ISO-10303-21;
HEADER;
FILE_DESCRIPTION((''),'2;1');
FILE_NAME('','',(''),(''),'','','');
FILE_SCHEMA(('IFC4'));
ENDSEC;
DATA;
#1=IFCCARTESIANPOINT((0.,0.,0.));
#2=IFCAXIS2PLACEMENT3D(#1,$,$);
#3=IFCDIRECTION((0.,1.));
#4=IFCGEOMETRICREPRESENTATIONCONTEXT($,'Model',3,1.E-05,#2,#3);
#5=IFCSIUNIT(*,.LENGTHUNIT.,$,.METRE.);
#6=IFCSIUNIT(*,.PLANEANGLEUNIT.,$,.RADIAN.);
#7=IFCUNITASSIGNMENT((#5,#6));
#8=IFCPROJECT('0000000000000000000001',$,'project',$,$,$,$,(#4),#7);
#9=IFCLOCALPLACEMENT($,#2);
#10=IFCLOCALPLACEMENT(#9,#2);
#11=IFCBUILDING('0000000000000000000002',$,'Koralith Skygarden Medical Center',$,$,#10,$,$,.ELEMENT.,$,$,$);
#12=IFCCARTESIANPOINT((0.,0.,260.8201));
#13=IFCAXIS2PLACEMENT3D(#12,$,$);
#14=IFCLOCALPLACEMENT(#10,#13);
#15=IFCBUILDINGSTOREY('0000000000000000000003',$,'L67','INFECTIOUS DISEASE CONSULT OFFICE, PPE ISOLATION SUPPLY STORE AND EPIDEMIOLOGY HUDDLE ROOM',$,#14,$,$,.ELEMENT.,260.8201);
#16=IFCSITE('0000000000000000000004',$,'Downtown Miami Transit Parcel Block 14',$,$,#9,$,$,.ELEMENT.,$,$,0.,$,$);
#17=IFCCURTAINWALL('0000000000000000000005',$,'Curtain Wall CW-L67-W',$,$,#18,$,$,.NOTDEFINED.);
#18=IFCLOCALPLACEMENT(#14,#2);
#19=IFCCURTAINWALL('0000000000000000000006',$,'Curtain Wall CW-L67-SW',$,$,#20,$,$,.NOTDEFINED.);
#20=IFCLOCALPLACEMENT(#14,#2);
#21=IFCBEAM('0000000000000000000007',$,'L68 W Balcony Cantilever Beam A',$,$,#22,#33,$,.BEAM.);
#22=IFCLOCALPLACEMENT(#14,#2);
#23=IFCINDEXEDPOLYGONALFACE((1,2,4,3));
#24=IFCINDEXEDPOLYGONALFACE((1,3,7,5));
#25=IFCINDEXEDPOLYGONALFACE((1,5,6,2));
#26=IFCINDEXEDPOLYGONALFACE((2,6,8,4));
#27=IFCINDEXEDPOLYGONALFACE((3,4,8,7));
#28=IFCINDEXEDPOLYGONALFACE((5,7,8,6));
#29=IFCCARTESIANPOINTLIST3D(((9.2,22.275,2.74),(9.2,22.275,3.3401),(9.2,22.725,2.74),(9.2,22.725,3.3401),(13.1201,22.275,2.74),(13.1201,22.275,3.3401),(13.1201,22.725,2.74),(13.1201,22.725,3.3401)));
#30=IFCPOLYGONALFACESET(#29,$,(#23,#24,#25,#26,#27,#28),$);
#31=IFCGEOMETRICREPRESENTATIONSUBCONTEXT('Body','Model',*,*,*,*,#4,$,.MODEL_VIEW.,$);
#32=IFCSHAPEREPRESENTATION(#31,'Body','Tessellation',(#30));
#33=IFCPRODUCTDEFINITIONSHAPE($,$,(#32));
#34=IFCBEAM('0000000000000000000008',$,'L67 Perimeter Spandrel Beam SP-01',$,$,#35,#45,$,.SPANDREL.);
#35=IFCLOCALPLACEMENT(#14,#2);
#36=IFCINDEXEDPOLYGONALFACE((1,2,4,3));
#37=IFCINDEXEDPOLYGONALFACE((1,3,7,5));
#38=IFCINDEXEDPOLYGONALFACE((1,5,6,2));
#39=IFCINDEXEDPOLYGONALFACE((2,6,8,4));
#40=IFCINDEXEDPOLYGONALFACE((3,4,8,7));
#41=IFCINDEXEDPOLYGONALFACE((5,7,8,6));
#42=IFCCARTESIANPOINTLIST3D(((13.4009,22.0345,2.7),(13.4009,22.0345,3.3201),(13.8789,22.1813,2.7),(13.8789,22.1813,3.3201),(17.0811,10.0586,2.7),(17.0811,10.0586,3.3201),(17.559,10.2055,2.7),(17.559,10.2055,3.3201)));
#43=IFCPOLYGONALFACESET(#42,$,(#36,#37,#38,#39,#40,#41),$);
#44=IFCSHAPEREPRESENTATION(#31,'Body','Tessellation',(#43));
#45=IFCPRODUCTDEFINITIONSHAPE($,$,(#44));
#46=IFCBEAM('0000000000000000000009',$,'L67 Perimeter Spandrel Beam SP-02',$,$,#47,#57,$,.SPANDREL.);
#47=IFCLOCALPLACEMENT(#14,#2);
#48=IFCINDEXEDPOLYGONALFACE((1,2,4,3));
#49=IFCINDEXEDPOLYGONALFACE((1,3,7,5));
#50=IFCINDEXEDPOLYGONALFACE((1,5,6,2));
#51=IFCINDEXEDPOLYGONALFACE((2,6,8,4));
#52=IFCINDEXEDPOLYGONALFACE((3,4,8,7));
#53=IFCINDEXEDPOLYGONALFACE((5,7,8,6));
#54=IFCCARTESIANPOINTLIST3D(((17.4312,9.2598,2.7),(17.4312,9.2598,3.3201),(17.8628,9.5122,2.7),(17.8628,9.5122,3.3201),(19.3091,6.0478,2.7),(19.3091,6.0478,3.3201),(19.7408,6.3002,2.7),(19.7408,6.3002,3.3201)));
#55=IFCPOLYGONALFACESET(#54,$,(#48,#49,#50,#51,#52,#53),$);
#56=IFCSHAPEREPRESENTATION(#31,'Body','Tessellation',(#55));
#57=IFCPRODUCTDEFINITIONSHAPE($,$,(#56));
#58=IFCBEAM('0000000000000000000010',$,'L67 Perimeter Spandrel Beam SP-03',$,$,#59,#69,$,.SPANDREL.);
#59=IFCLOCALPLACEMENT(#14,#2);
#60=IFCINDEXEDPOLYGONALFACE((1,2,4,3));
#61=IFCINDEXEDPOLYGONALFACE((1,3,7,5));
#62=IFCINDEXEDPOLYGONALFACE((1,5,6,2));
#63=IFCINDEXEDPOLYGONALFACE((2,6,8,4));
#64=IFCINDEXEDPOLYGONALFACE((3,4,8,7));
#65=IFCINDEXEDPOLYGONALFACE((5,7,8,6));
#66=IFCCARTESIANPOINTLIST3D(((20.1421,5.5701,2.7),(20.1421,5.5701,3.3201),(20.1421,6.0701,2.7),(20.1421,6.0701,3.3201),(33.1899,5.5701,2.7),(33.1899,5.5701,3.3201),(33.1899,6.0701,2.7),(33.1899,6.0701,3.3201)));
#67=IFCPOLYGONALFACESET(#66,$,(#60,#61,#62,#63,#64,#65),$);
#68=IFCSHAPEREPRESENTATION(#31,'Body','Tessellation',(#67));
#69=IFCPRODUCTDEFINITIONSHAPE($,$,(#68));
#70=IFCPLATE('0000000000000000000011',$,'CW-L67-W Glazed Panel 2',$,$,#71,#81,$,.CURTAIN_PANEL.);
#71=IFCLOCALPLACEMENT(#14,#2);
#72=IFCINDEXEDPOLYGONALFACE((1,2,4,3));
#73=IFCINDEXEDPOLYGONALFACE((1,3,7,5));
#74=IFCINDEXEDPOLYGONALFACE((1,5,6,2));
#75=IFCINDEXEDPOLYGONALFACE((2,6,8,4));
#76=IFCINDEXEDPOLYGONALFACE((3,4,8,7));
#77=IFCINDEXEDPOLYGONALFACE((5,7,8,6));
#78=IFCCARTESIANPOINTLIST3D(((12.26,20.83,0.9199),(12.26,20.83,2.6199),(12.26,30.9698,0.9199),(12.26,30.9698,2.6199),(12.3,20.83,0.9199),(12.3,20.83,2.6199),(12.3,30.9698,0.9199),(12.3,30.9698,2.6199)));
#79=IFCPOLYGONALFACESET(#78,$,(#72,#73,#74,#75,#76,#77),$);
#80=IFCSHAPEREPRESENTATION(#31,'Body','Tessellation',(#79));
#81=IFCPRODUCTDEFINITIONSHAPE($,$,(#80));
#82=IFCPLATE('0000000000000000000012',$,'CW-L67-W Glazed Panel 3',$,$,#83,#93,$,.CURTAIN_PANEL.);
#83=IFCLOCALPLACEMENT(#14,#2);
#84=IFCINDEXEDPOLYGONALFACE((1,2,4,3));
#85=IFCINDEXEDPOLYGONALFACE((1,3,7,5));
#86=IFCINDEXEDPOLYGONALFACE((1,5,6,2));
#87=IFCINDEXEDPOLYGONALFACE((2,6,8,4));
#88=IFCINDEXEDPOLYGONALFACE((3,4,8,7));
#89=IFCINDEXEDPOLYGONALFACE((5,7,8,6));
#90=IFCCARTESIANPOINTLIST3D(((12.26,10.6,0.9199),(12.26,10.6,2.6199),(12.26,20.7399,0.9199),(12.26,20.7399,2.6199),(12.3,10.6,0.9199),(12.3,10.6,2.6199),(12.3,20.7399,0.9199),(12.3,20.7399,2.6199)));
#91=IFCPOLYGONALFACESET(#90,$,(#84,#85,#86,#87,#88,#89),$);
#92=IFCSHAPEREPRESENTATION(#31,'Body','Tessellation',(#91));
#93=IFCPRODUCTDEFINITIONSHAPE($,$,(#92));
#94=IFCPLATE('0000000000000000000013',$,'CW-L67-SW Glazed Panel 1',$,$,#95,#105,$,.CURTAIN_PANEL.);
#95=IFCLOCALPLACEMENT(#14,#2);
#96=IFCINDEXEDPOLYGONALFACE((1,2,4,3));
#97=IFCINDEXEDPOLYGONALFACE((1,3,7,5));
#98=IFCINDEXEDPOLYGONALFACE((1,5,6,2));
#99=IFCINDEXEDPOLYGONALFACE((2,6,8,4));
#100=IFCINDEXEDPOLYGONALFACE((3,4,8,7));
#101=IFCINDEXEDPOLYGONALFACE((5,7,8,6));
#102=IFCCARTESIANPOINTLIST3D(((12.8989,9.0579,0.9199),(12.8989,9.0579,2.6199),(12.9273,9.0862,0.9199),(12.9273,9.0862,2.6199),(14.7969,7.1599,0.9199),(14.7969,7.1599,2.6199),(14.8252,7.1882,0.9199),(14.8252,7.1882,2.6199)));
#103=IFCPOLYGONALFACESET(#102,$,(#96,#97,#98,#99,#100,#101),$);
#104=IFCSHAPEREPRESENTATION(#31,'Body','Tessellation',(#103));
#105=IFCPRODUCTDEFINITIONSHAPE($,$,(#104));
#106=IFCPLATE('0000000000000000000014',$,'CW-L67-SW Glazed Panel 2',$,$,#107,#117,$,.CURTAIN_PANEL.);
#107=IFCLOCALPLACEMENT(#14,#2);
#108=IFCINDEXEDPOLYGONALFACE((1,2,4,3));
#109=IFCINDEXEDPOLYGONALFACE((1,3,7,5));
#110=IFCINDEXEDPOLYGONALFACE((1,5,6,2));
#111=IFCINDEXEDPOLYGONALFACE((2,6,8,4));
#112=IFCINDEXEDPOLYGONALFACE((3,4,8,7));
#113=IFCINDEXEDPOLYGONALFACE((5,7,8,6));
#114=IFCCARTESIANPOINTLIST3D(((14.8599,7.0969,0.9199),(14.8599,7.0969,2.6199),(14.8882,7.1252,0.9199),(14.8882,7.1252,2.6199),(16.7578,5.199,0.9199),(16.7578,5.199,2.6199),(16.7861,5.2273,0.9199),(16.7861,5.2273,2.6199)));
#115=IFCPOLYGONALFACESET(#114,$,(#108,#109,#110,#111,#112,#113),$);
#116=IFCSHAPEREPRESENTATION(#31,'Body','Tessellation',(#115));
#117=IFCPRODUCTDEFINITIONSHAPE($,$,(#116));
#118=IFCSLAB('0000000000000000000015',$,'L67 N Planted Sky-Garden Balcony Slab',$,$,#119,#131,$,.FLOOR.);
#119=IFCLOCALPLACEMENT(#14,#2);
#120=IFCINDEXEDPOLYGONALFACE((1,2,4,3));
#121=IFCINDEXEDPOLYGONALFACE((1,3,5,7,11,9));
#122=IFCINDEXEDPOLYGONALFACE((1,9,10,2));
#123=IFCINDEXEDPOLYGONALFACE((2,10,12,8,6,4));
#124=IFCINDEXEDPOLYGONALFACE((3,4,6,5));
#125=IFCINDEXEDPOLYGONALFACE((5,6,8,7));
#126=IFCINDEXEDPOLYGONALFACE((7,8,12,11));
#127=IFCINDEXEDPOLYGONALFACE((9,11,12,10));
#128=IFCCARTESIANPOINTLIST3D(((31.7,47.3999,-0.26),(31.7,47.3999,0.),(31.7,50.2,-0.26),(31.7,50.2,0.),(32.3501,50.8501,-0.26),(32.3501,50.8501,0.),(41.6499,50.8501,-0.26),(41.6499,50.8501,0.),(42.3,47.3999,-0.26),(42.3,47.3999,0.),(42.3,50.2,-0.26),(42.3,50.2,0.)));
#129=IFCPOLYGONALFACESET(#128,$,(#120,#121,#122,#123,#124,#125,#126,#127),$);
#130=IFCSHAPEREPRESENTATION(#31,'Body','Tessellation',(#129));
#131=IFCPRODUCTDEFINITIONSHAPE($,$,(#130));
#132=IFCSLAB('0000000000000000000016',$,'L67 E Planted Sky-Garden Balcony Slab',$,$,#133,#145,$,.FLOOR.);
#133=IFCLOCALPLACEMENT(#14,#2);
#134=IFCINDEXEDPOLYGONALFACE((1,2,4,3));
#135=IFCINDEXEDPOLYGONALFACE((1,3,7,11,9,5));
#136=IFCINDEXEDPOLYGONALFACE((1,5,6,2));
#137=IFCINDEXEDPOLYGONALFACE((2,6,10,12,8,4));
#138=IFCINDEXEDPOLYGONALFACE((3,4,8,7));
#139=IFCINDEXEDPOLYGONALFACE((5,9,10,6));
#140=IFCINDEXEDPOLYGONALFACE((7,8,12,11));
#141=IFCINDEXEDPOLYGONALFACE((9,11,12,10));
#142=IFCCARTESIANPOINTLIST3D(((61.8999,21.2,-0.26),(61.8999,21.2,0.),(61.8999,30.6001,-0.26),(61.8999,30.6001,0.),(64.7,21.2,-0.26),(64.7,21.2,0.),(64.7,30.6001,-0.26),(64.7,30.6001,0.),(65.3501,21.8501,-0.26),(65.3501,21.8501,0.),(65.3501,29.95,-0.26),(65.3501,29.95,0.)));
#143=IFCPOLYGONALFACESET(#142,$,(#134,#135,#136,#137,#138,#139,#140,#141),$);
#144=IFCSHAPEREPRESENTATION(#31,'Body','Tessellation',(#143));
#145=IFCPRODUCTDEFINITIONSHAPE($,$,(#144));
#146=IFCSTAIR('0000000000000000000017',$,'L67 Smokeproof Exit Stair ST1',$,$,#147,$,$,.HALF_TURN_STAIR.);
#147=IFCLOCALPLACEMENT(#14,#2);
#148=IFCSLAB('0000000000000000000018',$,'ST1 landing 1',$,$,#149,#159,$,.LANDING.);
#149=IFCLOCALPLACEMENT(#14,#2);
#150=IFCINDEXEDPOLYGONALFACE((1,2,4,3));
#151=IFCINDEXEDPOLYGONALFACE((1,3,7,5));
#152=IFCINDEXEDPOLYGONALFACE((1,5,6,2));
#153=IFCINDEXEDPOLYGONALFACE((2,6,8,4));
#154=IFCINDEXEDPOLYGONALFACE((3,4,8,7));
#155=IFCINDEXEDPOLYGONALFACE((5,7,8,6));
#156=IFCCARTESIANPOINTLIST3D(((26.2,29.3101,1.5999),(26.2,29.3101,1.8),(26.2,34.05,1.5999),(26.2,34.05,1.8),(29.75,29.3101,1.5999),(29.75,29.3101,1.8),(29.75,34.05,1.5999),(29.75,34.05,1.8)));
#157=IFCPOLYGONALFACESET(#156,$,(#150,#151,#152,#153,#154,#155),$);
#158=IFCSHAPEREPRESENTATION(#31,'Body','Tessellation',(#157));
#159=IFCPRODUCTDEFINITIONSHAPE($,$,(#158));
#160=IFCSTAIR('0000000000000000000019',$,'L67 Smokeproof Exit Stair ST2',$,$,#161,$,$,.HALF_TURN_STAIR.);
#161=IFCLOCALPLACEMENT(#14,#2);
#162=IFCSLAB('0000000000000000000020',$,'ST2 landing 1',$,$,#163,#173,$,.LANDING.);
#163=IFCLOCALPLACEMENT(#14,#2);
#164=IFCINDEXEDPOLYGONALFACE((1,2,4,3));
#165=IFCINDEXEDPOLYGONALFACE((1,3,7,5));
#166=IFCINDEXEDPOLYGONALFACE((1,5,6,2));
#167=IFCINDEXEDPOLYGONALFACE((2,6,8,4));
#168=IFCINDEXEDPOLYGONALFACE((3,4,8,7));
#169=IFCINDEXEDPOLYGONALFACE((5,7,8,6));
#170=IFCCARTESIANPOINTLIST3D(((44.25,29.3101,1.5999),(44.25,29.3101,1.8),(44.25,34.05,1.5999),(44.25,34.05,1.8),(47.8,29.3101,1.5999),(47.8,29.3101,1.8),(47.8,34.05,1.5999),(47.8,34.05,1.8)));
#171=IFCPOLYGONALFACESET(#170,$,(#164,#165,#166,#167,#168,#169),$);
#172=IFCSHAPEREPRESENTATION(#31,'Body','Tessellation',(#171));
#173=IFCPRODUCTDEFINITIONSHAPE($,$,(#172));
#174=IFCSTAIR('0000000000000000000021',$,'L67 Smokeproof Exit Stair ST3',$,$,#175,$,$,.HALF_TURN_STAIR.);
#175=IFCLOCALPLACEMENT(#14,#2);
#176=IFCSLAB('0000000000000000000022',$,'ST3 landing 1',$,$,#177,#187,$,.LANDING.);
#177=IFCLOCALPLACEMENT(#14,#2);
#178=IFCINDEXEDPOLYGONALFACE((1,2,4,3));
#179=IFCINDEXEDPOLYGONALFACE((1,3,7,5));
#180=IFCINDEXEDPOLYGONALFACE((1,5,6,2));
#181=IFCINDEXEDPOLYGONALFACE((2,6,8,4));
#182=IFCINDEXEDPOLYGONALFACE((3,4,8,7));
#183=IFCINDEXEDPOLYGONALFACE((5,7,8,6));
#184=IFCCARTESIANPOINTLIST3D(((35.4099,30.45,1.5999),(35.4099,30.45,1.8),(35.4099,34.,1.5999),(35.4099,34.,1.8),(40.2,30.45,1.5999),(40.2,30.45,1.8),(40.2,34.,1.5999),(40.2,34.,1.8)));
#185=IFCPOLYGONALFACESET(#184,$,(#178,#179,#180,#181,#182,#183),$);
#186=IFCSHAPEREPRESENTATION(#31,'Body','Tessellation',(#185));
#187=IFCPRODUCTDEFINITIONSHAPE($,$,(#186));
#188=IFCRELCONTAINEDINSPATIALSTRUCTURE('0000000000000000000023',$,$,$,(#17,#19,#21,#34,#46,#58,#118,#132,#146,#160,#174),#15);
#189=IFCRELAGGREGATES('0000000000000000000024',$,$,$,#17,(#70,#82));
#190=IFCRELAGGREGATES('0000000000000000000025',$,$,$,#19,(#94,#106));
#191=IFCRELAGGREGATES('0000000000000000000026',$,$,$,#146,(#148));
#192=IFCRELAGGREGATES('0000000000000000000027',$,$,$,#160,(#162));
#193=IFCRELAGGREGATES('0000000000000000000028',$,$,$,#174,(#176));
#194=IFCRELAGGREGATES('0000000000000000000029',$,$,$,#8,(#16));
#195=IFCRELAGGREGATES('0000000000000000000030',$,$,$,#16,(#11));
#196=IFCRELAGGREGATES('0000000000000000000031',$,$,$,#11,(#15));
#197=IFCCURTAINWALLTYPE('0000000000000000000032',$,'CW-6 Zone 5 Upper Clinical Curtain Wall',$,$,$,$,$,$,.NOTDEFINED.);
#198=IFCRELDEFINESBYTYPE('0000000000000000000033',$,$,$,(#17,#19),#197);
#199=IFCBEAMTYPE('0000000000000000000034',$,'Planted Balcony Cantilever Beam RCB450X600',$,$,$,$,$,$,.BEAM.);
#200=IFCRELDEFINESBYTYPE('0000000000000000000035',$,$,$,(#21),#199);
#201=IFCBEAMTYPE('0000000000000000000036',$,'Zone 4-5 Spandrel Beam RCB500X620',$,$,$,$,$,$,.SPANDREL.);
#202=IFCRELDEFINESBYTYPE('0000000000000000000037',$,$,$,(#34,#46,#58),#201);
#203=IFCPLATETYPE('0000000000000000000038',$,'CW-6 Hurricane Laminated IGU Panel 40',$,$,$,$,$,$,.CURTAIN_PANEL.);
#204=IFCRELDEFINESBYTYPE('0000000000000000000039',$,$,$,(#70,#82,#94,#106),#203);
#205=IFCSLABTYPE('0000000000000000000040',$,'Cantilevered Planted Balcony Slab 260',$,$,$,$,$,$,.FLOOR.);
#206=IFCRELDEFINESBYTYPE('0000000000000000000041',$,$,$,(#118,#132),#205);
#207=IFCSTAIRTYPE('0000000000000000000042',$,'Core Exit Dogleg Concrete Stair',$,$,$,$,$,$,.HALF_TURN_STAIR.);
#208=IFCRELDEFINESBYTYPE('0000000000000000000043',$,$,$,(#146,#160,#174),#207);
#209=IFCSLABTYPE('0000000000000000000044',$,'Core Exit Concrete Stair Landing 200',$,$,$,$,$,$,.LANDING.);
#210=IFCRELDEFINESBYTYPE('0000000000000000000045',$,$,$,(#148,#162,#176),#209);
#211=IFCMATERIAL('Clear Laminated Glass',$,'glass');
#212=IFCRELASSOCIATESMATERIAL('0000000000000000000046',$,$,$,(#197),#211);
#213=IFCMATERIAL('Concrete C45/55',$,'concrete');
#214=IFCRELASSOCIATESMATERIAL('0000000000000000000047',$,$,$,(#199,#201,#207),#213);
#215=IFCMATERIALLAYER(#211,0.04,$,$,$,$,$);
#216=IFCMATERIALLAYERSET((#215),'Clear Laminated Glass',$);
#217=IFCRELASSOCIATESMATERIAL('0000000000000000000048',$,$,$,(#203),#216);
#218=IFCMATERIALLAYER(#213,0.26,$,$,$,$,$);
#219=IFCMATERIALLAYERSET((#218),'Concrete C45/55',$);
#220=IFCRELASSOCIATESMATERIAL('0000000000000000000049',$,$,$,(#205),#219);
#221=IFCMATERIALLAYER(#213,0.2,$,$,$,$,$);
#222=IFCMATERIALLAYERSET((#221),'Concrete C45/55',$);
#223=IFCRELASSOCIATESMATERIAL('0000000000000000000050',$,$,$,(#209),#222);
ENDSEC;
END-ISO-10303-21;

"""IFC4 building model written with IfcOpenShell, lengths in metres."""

from ifc_helpers import new_model, si_unit, direction, frame, origin, origin_2d, place, context, subcontext, project, spatial, polyline, rectangle, outline, extrude, material, layer, layer_set, material_profile, profile_set, type_object, element, aggregate, save


model = new_model("IFC4")

# Units and contexts
model_context = context("Model", 3, precision=1e-05, world=origin(), true_north=direction((0.0, 1.0)))
body_context = subcontext(model_context, "Body", "Model", "MODEL_VIEW")
ifc_project = project(units=[si_unit("LENGTHUNIT", "METRE"), si_unit("PLANEANGLEUNIT", "RADIAN")], contexts=[model_context])

# Site, building, storey
site_placement = place(None, origin())
site = spatial("IfcSite", under=ifc_project, at=site_placement, Name="Downtown Miami Transit Parcel Block 14", CompositionType="ELEMENT", RefElevation=0.0)
building_placement = place(site_placement, origin())
building = spatial("IfcBuilding", under=site, at=building_placement, Name="Koralith Skygarden Medical Center", CompositionType="ELEMENT")
storey_placement = place(building_placement, frame((0.0, 0.0, 260.8201)))
storey = spatial("IfcBuildingStorey", under=building, at=storey_placement, Name="L67", Description="INFECTIOUS DISEASE CONSULT OFFICE, PPE ISOLATION SUPPLY STORE AND EPIDEMIOLOGY HUDDLE ROOM", CompositionType="ELEMENT", Elevation=260.8201)

# Shared definitions
ifc_material_1 = material(Name="Clear Laminated Glass", Category="glass")
curtain_wall_type = type_object("IfcCurtainWallType", Name="CW-6 Zone 5 Upper Clinical Curtain Wall", PredefinedType="NOTDEFINED", material=ifc_material_1)

# Curtain walls
curtain_wall_1_placement = place(storey_placement, origin())
curtain_wall_1 = element("IfcCurtainWall", 1, at=curtain_wall_1_placement, inside=storey, type_object=curtain_wall_type, Name="Curtain Wall CW-L67-W", PredefinedType="NOTDEFINED")
curtain_wall_2_placement = place(storey_placement, origin())
curtain_wall_2 = element("IfcCurtainWall", 2, at=curtain_wall_2_placement, inside=storey, type_object=curtain_wall_type, Name="Curtain Wall CW-L67-SW", PredefinedType="NOTDEFINED")

# Beams
ifc_material_2 = material(Name="Concrete C45/55", Category="concrete")
ifc_material_profile_1 = material_profile(ifc_material_2, rectangle(XDim=0.45, YDim=0.6001, at=origin_2d()), Name="RCB450X600")
ifc_profile_set_1 = profile_set([ifc_material_profile_1], Name="Concrete C45/55")
beam_type_1 = type_object("IfcBeamType", Name="Planted Balcony Cantilever Beam RCB450X600", PredefinedType="BEAM", material=ifc_profile_set_1)
beam_1_placement = place(storey_placement, frame((13.1201, 22.5, 3.04), z_axis=(-1.0, 0.0, 0.0), x_axis=(0.0, -1.0, 0.0)))
element("IfcBeam", 3, at=beam_1_placement, inside=storey, type_object=beam_type_1, Name="L68 W Balcony Cantilever Beam A", PredefinedType="BEAM", context=body_context, shape_type="SweptSolid", body=[
    extrude(rectangle(XDim=0.45, YDim=0.6001, at=origin_2d()), origin(), (0.0, 0.0, 1.0), 3.9202),
])
ifc_material_profile_2 = material_profile(ifc_material_2, rectangle(XDim=0.5, YDim=0.6201, at=origin_2d()), Name="RCB500X620")
ifc_profile_set_2 = profile_set([ifc_material_profile_2], Name="Concrete C45/55")
beam_type_2 = type_object("IfcBeamType", Name="Zone 4-5 Spandrel Beam RCB500X620", PredefinedType="SPANDREL", material=ifc_profile_set_2)
beam_2_placement = place(storey_placement, frame((13.6399, 22.1079, 3.01), z_axis=(0.293743, -0.955884, 0.0), x_axis=(0.955884, 0.293743, 0.0)))
element("IfcBeam", 4, at=beam_2_placement, inside=storey, type_object=beam_type_2, Name="L67 Perimeter Spandrel Beam SP-01", PredefinedType="SPANDREL", context=body_context, shape_type="SweptSolid", body=[
    extrude(rectangle(XDim=0.5, YDim=0.6201, at=origin_2d()), origin(), (0.0, 0.0, 1.0), 12.5286),
])
beam_3_placement = place(storey_placement, frame((17.647, 9.386, 3.01), z_axis=(0.504736, -0.863274, 0.0), x_axis=(0.863274, 0.504736, 0.0)))
element("IfcBeam", 5, at=beam_3_placement, inside=storey, type_object=beam_type_2, Name="L67 Perimeter Spandrel Beam SP-02", PredefinedType="SPANDREL", context=body_context, shape_type="SweptSolid", body=[
    extrude(rectangle(XDim=0.5, YDim=0.6201, at=origin_2d()), origin(), (0.0, 0.0, 1.0), 3.7207),
])
beam_4_placement = place(storey_placement, frame((20.1421, 5.8201, 3.01), z_axis=(1.0, 0.0, 0.0), x_axis=(0.0, 1.0, 0.0)))
element("IfcBeam", 6, at=beam_4_placement, inside=storey, type_object=beam_type_2, Name="L67 Perimeter Spandrel Beam SP-03", PredefinedType="SPANDREL", context=body_context, shape_type="SweptSolid", body=[
    extrude(rectangle(XDim=0.5, YDim=0.6201, at=origin_2d()), origin(), (0.0, 0.0, 1.0), 13.0479),
])

# Plates
ifc_layer_1 = layer(ifc_material_1, 0.04)
ifc_layer_set_1 = layer_set([ifc_layer_1], Name="Clear Laminated Glass")
plate_type_1 = type_object("IfcPlateType", Name="CW-6 Hurricane Laminated IGU Panel 40", PredefinedType="CURTAIN_PANEL", material=ifc_layer_set_1)
plate_1_placement = place(storey_placement, frame((12.28, 25.8999, 0.9199), z_axis=(0.0, 0.0, 1.0), x_axis=(0.0, -1.0, 0.0)))
plate_1 = element("IfcPlate", 7, at=plate_1_placement, type_object=plate_type_1, Name="CW-L67-W Glazed Panel 2", PredefinedType="CURTAIN_PANEL", context=body_context, shape_type="SweptSolid", body=[
    extrude(rectangle(XDim=10.1399, YDim=0.04, at=origin_2d()), origin(), (0.0, 0.0, 1.0), 1.7),
])
plate_2_placement = place(storey_placement, frame((12.28, 15.6699, 0.9199), z_axis=(0.0, 0.0, 1.0), x_axis=(0.0, -1.0, 0.0)))
plate_2 = element("IfcPlate", 8, at=plate_2_placement, type_object=plate_type_1, Name="CW-L67-W Glazed Panel 3", PredefinedType="CURTAIN_PANEL", context=body_context, shape_type="SweptSolid", body=[
    extrude(rectangle(XDim=10.1399, YDim=0.04, at=origin_2d()), origin(), (0.0, 0.0, 1.0), 1.7),
])
aggregate(curtain_wall_1, [plate_1, plate_2])
plate_3_placement = place(storey_placement, frame((13.8621, 8.123, 0.9199), z_axis=(0.0, 0.0, 1.0), x_axis=(0.707107, -0.707107, 0.0)))
plate_3 = element("IfcPlate", 9, at=plate_3_placement, type_object=plate_type_1, Name="CW-L67-SW Glazed Panel 1", PredefinedType="CURTAIN_PANEL", context=body_context, shape_type="SweptSolid", body=[
    extrude(rectangle(XDim=2.6841, YDim=0.04, at=origin_2d()), origin(), (0.0, 0.0, 1.0), 1.7),
])
plate_4_placement = place(storey_placement, frame((15.823, 6.1621, 0.9199), z_axis=(0.0, 0.0, 1.0), x_axis=(0.707107, -0.707107, 0.0)))
plate_4 = element("IfcPlate", 10, at=plate_4_placement, type_object=plate_type_1, Name="CW-L67-SW Glazed Panel 2", PredefinedType="CURTAIN_PANEL", context=body_context, shape_type="SweptSolid", body=[
    extrude(rectangle(XDim=2.6841, YDim=0.04, at=origin_2d()), origin(), (0.0, 0.0, 1.0), 1.7),
])
aggregate(curtain_wall_2, [plate_3, plate_4])

# Slabs
ifc_layer_2 = layer(ifc_material_2, 0.26)
ifc_layer_set_2 = layer_set([ifc_layer_2], Name="Concrete C45/55")
slab_type_1 = type_object("IfcSlabType", Name="Cantilevered Planted Balcony Slab 260", PredefinedType="FLOOR", material=ifc_layer_set_2)
slab_1_placement = place(storey_placement, frame((0.0, 0.0, -0.26)))
element("IfcSlab", 11, at=slab_1_placement, inside=storey, type_object=slab_type_1, Name="L67 N Planted Sky-Garden Balcony Slab", PredefinedType="FLOOR", context=body_context, shape_type="SweptSolid", body=[
    extrude(outline(polyline([(31.7, 47.3999), (42.3, 47.3999), (42.3, 50.2), (41.6499, 50.8501), (32.3501, 50.8501), (31.7, 50.2), (31.7, 47.3999)])), origin(), (0.0, 0.0, 1.0), 0.26),
])
slab_2_placement = place(storey_placement, frame((0.0, 0.0, -0.26)))
element("IfcSlab", 12, at=slab_2_placement, inside=storey, type_object=slab_type_1, Name="L67 E Planted Sky-Garden Balcony Slab", PredefinedType="FLOOR", context=body_context, shape_type="SweptSolid", body=[
    extrude(outline(polyline([(61.8999, 21.2), (64.7, 21.2), (65.3501, 21.8501), (65.3501, 29.95), (64.7, 30.6001), (61.8999, 30.6001), (61.8999, 21.2)])), origin(), (0.0, 0.0, 1.0), 0.26),
])

# Stairs, slabs
stair_type = type_object("IfcStairType", Name="Core Exit Dogleg Concrete Stair", PredefinedType="HALF_TURN_STAIR", material=ifc_material_2)
stair_1_placement = place(storey_placement, origin())
stair_1 = element("IfcStair", 13, at=stair_1_placement, inside=storey, type_object=stair_type, Name="L67 Smokeproof Exit Stair ST1", PredefinedType="HALF_TURN_STAIR")
ifc_layer_3 = layer(ifc_material_2, 0.2)
ifc_layer_set_3 = layer_set([ifc_layer_3], Name="Concrete C45/55")
slab_type_2 = type_object("IfcSlabType", Name="Core Exit Concrete Stair Landing 200", PredefinedType="LANDING", material=ifc_layer_set_3)
slab_3_placement = place(storey_placement, frame((0.0, 0.0, 1.5999)))
slab_3 = element("IfcSlab", 14, at=slab_3_placement, type_object=slab_type_2, Name="ST1 landing 1", PredefinedType="LANDING", context=body_context, shape_type="SweptSolid", body=[
    extrude(outline(polyline([(29.75, 29.3101), (29.75, 34.05), (26.2, 34.05), (26.2, 29.3101), (29.75, 29.3101)])), origin(), (0.0, 0.0, 1.0), 0.2002),
])
aggregate(stair_1, [slab_3])
stair_2_placement = place(storey_placement, origin())
stair_2 = element("IfcStair", 15, at=stair_2_placement, inside=storey, type_object=stair_type, Name="L67 Smokeproof Exit Stair ST2", PredefinedType="HALF_TURN_STAIR")
slab_4_placement = place(storey_placement, frame((0.0, 0.0, 1.5999)))
slab_4 = element("IfcSlab", 16, at=slab_4_placement, type_object=slab_type_2, Name="ST2 landing 1", PredefinedType="LANDING", context=body_context, shape_type="SweptSolid", body=[
    extrude(outline(polyline([(47.8, 29.3101), (47.8, 34.05), (44.25, 34.05), (44.25, 29.3101), (47.8, 29.3101)])), origin(), (0.0, 0.0, 1.0), 0.2002),
])
aggregate(stair_2, [slab_4])
stair_3_placement = place(storey_placement, origin())
stair_3 = element("IfcStair", 17, at=stair_3_placement, inside=storey, type_object=stair_type, Name="L67 Smokeproof Exit Stair ST3", PredefinedType="HALF_TURN_STAIR")
slab_5_placement = place(storey_placement, frame((0.0, 0.0, 1.5999)))
slab_5 = element("IfcSlab", 18, at=slab_5_placement, type_object=slab_type_2, Name="ST3 landing 1", PredefinedType="LANDING", context=body_context, shape_type="SweptSolid", body=[
    extrude(outline(polyline([(35.4099, 30.45), (40.2, 30.45), (40.2, 34.0), (35.4099, 34.0), (35.4099, 30.45)])), origin(), (0.0, 0.0, 1.0), 0.2002),
])
aggregate(stair_3, [slab_5])

save(model, "model.ifc")
